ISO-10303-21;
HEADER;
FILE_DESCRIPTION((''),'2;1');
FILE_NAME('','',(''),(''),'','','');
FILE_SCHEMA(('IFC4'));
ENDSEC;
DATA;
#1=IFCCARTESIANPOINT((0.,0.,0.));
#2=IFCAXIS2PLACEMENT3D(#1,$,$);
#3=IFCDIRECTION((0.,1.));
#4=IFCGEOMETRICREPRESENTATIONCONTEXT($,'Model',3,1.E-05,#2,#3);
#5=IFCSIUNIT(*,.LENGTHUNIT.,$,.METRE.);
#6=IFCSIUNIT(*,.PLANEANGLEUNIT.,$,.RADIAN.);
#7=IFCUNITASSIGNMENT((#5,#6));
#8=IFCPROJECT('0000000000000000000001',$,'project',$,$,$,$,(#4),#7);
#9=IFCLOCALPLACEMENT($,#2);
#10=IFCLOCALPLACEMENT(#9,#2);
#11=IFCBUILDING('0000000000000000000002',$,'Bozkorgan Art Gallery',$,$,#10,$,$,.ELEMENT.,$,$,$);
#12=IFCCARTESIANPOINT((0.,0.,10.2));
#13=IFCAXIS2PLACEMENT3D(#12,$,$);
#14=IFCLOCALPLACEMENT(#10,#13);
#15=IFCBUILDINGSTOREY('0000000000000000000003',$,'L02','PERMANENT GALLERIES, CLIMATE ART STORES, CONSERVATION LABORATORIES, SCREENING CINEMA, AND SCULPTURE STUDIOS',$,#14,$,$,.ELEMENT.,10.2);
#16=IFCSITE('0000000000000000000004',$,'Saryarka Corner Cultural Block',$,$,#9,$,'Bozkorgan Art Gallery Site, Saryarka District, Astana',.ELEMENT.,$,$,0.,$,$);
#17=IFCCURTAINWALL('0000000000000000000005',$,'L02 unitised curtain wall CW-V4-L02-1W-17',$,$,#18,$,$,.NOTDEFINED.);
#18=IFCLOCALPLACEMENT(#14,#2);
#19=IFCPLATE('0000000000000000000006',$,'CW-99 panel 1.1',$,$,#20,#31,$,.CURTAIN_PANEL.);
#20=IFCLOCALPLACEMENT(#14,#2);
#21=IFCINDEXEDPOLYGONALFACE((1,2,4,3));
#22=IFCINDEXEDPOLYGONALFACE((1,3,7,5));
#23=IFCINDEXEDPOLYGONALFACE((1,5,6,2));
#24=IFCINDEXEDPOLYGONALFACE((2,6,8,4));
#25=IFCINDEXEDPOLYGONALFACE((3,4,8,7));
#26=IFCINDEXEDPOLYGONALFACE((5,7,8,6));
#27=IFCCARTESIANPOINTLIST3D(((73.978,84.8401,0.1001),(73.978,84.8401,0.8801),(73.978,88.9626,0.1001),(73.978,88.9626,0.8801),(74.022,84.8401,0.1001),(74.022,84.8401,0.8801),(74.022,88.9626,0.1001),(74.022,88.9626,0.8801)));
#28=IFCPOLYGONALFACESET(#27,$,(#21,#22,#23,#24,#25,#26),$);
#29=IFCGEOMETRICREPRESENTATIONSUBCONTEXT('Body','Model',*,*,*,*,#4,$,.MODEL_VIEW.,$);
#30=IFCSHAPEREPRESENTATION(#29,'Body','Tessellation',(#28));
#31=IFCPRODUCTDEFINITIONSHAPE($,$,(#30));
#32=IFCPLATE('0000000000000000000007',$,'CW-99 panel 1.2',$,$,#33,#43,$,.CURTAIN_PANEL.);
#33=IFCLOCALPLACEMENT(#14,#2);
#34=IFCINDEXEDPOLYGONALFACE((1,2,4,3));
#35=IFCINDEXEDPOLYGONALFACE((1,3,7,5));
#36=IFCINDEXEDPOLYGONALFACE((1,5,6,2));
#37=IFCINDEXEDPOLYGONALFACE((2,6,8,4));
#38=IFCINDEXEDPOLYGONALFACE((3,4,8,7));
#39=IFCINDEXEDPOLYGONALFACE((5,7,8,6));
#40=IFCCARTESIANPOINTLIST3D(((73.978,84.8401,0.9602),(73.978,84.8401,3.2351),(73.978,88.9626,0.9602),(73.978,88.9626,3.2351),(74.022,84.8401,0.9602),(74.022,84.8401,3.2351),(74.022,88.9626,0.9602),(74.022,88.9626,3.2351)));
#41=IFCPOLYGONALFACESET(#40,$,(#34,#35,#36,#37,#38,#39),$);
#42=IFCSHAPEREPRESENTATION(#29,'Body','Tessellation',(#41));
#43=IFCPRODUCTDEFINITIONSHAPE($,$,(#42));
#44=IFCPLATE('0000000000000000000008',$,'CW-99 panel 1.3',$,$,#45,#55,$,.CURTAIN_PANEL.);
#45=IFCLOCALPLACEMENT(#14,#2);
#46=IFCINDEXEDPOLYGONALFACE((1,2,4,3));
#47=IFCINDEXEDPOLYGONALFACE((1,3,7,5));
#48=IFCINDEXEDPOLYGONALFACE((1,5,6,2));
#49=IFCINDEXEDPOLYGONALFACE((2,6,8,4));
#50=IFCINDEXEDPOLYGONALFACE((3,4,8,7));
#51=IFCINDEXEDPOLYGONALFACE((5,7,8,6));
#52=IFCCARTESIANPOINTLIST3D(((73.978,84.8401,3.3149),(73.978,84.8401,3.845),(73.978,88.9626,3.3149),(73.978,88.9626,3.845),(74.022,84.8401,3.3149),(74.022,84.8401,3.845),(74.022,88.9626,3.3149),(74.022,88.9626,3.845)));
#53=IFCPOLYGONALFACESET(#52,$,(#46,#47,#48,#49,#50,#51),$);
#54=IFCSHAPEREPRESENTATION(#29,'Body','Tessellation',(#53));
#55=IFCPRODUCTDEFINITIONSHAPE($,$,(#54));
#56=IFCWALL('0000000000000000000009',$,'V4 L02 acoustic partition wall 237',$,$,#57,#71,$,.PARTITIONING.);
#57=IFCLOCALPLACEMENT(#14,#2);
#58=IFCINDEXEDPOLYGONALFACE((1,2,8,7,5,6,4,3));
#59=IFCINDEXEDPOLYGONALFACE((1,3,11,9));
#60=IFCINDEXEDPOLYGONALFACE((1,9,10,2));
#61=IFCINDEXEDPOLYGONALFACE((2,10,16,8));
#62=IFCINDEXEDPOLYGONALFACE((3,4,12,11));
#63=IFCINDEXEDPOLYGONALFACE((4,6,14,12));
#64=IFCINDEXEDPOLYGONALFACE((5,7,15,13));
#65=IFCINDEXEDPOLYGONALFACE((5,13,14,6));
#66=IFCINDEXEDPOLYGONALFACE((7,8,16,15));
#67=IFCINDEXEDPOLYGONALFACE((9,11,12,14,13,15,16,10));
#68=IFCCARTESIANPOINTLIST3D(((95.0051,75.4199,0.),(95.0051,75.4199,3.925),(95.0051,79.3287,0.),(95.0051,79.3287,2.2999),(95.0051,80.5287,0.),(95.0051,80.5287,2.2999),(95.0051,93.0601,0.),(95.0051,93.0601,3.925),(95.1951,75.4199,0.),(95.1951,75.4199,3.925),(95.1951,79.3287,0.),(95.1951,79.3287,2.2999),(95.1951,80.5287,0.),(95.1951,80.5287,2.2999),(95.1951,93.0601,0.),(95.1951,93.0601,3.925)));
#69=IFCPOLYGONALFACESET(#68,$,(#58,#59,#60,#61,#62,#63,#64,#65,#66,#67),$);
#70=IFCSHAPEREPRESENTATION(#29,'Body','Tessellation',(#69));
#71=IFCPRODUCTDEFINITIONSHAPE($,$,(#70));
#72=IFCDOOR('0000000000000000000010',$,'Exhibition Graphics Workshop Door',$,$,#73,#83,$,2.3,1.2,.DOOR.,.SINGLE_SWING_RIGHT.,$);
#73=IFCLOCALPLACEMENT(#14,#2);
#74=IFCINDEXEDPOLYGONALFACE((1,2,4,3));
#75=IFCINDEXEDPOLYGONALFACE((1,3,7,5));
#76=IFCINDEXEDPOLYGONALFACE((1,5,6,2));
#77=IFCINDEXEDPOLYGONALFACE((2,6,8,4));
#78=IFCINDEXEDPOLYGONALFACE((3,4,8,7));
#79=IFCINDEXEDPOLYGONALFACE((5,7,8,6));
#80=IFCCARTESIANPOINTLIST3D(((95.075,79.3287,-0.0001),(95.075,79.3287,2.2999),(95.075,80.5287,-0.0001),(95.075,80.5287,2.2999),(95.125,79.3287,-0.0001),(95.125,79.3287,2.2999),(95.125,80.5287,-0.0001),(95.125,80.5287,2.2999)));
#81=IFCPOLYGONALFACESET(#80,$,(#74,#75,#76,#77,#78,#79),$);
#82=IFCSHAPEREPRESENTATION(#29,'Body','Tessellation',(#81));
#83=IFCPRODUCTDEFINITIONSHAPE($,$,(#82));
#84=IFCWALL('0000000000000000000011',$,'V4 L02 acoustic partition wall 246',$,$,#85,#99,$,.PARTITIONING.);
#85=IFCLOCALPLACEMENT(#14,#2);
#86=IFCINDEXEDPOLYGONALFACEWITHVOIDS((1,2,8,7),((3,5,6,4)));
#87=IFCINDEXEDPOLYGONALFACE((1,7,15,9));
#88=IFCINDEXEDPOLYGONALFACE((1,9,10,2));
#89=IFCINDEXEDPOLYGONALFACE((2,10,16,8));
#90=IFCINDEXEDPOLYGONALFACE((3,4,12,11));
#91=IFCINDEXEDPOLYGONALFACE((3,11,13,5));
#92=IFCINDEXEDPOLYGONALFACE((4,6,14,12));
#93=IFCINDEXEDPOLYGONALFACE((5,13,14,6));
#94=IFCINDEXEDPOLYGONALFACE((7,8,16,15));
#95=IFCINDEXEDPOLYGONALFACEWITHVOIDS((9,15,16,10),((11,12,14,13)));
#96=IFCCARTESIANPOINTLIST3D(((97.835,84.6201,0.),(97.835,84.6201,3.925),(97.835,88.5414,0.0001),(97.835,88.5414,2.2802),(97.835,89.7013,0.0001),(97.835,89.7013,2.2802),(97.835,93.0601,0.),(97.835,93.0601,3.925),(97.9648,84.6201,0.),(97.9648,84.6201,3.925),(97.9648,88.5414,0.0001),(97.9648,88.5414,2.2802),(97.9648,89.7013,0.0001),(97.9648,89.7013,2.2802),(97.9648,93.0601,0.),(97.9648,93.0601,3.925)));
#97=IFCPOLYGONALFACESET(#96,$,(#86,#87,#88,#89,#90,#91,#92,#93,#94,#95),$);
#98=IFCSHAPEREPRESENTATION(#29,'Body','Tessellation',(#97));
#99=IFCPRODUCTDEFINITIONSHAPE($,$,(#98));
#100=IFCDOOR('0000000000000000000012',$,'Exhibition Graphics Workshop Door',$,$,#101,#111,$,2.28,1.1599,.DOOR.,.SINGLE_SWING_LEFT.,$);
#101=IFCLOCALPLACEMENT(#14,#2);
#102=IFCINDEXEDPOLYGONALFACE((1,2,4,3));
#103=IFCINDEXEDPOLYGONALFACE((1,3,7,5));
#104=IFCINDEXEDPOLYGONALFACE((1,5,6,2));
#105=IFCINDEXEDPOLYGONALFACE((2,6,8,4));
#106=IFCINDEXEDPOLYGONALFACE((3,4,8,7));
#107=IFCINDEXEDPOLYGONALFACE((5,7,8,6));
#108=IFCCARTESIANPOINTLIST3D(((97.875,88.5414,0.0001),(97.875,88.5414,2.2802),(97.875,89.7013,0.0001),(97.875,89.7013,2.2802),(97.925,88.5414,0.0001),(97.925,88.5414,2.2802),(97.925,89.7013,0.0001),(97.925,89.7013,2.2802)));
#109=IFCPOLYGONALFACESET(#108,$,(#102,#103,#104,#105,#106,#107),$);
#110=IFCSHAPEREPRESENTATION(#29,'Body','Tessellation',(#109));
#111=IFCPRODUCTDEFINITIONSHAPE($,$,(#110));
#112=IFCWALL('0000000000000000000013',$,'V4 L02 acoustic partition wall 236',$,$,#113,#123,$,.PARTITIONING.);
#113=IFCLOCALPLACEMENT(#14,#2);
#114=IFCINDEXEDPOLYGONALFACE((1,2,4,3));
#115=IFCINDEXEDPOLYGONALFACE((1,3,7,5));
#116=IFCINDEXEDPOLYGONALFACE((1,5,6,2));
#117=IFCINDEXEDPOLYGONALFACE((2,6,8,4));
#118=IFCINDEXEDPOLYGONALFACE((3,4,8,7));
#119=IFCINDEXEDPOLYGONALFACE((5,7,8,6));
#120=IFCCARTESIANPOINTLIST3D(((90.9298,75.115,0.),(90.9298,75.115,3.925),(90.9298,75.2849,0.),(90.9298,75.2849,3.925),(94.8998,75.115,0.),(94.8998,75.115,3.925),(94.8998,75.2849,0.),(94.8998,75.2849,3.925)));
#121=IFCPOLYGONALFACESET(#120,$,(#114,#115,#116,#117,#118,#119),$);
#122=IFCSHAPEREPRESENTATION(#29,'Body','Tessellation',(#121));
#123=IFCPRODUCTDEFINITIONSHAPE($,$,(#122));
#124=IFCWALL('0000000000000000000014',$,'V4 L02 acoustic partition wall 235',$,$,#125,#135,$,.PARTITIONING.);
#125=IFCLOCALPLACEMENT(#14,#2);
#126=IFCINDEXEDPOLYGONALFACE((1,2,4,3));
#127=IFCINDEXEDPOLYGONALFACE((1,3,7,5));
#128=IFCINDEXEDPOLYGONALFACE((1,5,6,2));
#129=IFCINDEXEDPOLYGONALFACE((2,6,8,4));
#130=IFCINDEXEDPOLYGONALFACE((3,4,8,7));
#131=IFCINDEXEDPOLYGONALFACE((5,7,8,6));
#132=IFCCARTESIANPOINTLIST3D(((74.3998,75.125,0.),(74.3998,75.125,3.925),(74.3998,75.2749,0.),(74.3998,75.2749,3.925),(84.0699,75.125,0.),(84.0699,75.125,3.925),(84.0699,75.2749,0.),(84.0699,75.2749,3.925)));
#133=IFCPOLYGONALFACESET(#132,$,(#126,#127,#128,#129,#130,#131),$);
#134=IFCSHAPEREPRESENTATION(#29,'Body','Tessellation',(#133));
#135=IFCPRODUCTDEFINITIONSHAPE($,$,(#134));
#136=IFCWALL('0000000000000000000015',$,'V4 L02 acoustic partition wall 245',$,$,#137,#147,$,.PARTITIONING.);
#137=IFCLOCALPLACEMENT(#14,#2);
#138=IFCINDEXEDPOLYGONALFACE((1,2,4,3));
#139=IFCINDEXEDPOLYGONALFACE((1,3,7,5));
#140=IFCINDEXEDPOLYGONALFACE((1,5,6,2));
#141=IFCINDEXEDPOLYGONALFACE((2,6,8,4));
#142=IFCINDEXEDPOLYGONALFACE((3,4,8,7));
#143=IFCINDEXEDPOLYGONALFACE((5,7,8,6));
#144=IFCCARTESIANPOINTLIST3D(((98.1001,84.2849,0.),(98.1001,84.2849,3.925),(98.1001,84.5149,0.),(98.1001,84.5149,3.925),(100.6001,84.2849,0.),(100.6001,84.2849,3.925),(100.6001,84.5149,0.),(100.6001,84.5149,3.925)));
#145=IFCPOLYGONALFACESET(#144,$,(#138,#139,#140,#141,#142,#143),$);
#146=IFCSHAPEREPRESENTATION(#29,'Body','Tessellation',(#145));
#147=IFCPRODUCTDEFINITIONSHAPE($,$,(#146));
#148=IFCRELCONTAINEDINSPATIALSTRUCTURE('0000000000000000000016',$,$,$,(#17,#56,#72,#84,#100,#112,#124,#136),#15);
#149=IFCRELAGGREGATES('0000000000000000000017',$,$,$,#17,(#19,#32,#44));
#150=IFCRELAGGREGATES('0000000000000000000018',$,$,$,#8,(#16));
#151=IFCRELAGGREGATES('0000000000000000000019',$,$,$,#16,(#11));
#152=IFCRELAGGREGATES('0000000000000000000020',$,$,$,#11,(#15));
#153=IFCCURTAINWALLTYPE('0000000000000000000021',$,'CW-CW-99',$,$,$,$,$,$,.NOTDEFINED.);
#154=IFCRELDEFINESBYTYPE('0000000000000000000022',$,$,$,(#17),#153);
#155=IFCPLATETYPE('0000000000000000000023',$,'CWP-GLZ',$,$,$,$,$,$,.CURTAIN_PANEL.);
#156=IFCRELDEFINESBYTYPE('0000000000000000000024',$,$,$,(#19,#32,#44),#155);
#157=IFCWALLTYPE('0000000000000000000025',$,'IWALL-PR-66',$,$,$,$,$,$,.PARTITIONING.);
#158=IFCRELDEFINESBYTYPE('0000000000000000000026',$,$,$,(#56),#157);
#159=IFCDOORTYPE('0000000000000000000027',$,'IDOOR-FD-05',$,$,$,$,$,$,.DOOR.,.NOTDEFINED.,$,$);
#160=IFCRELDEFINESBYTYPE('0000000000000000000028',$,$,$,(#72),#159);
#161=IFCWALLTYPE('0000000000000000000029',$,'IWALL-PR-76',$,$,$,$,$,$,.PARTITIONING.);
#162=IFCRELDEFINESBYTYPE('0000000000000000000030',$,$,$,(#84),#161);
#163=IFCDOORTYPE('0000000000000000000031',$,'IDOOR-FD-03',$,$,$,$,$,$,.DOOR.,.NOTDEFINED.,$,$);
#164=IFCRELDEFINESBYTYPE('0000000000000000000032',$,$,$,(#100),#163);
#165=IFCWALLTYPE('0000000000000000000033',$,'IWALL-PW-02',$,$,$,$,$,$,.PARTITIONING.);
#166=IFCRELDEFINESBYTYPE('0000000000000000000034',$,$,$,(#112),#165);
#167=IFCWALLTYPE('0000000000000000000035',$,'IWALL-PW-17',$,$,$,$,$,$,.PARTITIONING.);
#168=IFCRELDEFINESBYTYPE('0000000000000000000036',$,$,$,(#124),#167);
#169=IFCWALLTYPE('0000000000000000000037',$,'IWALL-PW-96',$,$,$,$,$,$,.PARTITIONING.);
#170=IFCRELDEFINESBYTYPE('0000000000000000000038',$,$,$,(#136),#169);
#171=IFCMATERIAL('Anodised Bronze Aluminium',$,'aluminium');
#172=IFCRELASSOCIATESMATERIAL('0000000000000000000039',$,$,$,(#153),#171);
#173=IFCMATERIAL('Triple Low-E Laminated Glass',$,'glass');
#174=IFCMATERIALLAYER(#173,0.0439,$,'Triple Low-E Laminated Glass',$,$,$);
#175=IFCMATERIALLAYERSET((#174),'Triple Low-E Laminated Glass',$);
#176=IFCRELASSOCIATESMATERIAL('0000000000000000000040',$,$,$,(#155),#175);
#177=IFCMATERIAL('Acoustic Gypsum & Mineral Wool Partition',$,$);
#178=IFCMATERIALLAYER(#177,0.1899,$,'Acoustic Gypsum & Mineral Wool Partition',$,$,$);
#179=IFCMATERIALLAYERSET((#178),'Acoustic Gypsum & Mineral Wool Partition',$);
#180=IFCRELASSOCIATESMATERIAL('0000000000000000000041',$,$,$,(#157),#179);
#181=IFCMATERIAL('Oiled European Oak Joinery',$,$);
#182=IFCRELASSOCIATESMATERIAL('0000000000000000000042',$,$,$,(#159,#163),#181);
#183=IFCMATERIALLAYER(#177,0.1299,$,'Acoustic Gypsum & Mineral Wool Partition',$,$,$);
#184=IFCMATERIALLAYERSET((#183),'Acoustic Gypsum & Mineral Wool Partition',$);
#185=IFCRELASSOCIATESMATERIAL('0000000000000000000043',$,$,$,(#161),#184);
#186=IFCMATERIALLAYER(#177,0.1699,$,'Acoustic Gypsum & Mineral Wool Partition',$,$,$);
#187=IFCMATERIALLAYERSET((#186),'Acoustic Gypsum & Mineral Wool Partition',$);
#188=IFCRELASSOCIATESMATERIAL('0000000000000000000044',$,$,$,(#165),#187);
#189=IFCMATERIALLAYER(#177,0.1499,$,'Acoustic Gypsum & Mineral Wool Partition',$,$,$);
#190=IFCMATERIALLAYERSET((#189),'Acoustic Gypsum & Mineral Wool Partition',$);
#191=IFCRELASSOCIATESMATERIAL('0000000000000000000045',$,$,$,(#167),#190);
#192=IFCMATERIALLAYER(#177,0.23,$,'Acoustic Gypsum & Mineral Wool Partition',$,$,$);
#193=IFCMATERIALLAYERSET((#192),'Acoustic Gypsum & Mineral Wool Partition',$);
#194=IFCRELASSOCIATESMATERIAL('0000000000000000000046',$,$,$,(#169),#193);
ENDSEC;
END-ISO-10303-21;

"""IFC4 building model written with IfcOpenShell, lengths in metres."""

from ifc_helpers import new_model, si_unit, direction, frame, frame_2d, origin, origin_2d, place, context, subcontext, project, spatial, rectangle, extrude, material, layer, layer_set, type_object, element, fill, aggregate, save


model = new_model("IFC4")

# Units and contexts
model_context = context("Model", 3, precision=1e-05, world=origin(), true_north=direction((0.0, 1.0)))
body_context = subcontext(model_context, "Body", "Model", "MODEL_VIEW")
ifc_project = project(units=[si_unit("LENGTHUNIT", "METRE"), si_unit("PLANEANGLEUNIT", "RADIAN")], contexts=[model_context])

# Site, building, storey
site_placement = place(None, origin())
site = spatial("IfcSite", under=ifc_project, at=site_placement, Name="Saryarka Corner Cultural Block", LongName="Bozkorgan Art Gallery Site, Saryarka District, Astana", CompositionType="ELEMENT", RefElevation=0.0)
building_placement = place(site_placement, origin())
building = spatial("IfcBuilding", under=site, at=building_placement, Name="Bozkorgan Art Gallery", CompositionType="ELEMENT")
storey_placement = place(building_placement, frame((0.0, 0.0, 10.2)))
storey = spatial("IfcBuildingStorey", under=building, at=storey_placement, Name="L02", Description="PERMANENT GALLERIES, CLIMATE ART STORES, CONSERVATION LABORATORIES, SCREENING CINEMA, AND SCULPTURE STUDIOS", CompositionType="ELEMENT", Elevation=10.2)

# Curtain wall, plates
ifc_material_1 = material(Name="Anodised Bronze Aluminium", Category="aluminium")
curtain_wall_type = type_object("IfcCurtainWallType", Name="CW-CW-99", PredefinedType="NOTDEFINED", material=ifc_material_1)
curtain_wall_placement = place(storey_placement, origin())
curtain_wall = element("IfcCurtainWall", 1, at=curtain_wall_placement, inside=storey, type_object=curtain_wall_type, Name="L02 unitised curtain wall CW-V4-L02-1W-17", PredefinedType="NOTDEFINED")
ifc_material_2 = material(Name="Triple Low-E Laminated Glass", Category="glass")
ifc_layer_1 = layer(ifc_material_2, 0.0439, Name="Triple Low-E Laminated Glass")
ifc_layer_set_1 = layer_set([ifc_layer_1], Name="Triple Low-E Laminated Glass")
plate_type = type_object("IfcPlateType", Name="CWP-GLZ", PredefinedType="CURTAIN_PANEL", material=ifc_layer_set_1)
plate_1_placement = place(storey_placement, frame((74.0, 86.9014, 0.1001), z_axis=(0.0, 0.0, 1.0), x_axis=(0.0, 1.0, 0.0)))
plate_1 = element("IfcPlate", 2, at=plate_1_placement, type_object=plate_type, Name="CW-99 panel 1.1", PredefinedType="CURTAIN_PANEL", context=body_context, shape_type="SweptSolid", body=[
    extrude(rectangle(XDim=4.1226, YDim=0.0439, at=origin_2d()), origin(), (0.0, 0.0, 1.0), 0.78),
])
plate_2_placement = place(storey_placement, frame((74.0, 86.9014, 0.9602), z_axis=(0.0, 0.0, 1.0), x_axis=(0.0, 1.0, 0.0)))
plate_2 = element("IfcPlate", 3, at=plate_2_placement, type_object=plate_type, Name="CW-99 panel 1.2", PredefinedType="CURTAIN_PANEL", context=body_context, shape_type="SweptSolid", body=[
    extrude(rectangle(XDim=4.1226, YDim=0.0439, at=origin_2d()), origin(), (0.0, 0.0, 1.0), 2.2749),
])
plate_3_placement = place(storey_placement, frame((74.0, 86.9014, 3.3149), z_axis=(0.0, 0.0, 1.0), x_axis=(0.0, 1.0, 0.0)))
plate_3 = element("IfcPlate", 4, at=plate_3_placement, type_object=plate_type, Name="CW-99 panel 1.3", PredefinedType="CURTAIN_PANEL", context=body_context, shape_type="SweptSolid", body=[
    extrude(rectangle(XDim=4.1226, YDim=0.0439, at=origin_2d()), origin(), (0.0, 0.0, 1.0), 0.53),
])
aggregate(curtain_wall, [plate_1, plate_2, plate_3])

# Walls, openings, doors
ifc_material_3 = material(Name="Acoustic Gypsum & Mineral Wool Partition")
ifc_layer_2 = layer(ifc_material_3, 0.1899, Name="Acoustic Gypsum & Mineral Wool Partition")
ifc_layer_set_2 = layer_set([ifc_layer_2], Name="Acoustic Gypsum & Mineral Wool Partition")
wall_type_1 = type_object("IfcWallType", Name="IWALL-PR-66", PredefinedType="PARTITIONING", material=ifc_layer_set_2)
wall_1_placement = place(storey_placement, frame((95.1001, 75.4199, 0.0), z_axis=(0.0, 0.0, 1.0), x_axis=(0.0, 1.0, 0.0)))
wall_1 = element("IfcWall", 5, at=wall_1_placement, inside=storey, type_object=wall_type_1, Name="V4 L02 acoustic partition wall 237", PredefinedType="PARTITIONING", context=body_context, shape_type="SweptSolid", body=[
    extrude(rectangle(XDim=17.6401, YDim=0.1899, at=frame_2d((8.8201, 0.0))), origin(), (0.0, 0.0, 1.0), 3.925),
])
opening_1_placement = place(wall_1_placement, frame((5.1089, 0.0, 0.0), z_axis=(0.0, 0.0, 1.0), x_axis=(-1.0, 0.0, 0.0)))
opening_1 = element("IfcOpeningElement", 6, at=opening_1_placement, cuts=wall_1, PredefinedType="OPENING", context=body_context, shape_type="SweptSolid", body=[
    extrude(rectangle(XDim=1.2, YDim=2.3, at=frame_2d((0.6001, 1.1499))), frame((0.0, 0.105, 0.0), z_axis=(0.0, -1.0, 0.0), x_axis=(1.0, 0.0, 0.0)), (0.0, 0.0, 1.0), 0.21),
])
ifc_material_4 = material(Name="Oiled European Oak Joinery")
door_type_1 = type_object("IfcDoorType", Name="IDOOR-FD-05", OperationType="NOTDEFINED", PredefinedType="DOOR", material=ifc_material_4)
door_1_placement = place(opening_1_placement, origin())
door_1 = element("IfcDoor", 7, at=door_1_placement, inside=storey, type_object=door_type_1, Name="Exhibition Graphics Workshop Door", OperationType="SINGLE_SWING_RIGHT", OverallHeight=2.3, OverallWidth=1.2, PredefinedType="DOOR", context=body_context, shape_type="SweptSolid", body=[
    extrude(rectangle(XDim=1.2, YDim=2.3, at=frame_2d((0.6001, 1.1499))), frame((0.0, 0.0249, 0.0), z_axis=(0.0, -1.0, 0.0), x_axis=(1.0, 0.0, 0.0)), (0.0, 0.0, 1.0), 0.05),
])
fill(opening_1, door_1)
ifc_layer_3 = layer(ifc_material_3, 0.1299, Name="Acoustic Gypsum & Mineral Wool Partition")
ifc_layer_set_3 = layer_set([ifc_layer_3], Name="Acoustic Gypsum & Mineral Wool Partition")
wall_type_2 = type_object("IfcWallType", Name="IWALL-PR-76", PredefinedType="PARTITIONING", material=ifc_layer_set_3)
wall_2_placement = place(storey_placement, frame((97.8999, 84.6201, 0.0), z_axis=(0.0, 0.0, 1.0), x_axis=(0.0, 1.0, 0.0)))
wall_2 = element("IfcWall", 8, at=wall_2_placement, inside=storey, type_object=wall_type_2, Name="V4 L02 acoustic partition wall 246", PredefinedType="PARTITIONING", context=body_context, shape_type="SweptSolid", body=[
    extrude(rectangle(XDim=8.4399, YDim=0.1299, at=frame_2d((4.22, 0.0))), origin(), (0.0, 0.0, 1.0), 3.925),
])
opening_2_placement = place(wall_2_placement, frame((3.9211, 0.0, 0.0)))
opening_2 = element("IfcOpeningElement", 9, at=opening_2_placement, cuts=wall_2, PredefinedType="OPENING", context=body_context, shape_type="SweptSolid", body=[
    extrude(rectangle(XDim=1.1599, YDim=2.28, at=frame_2d((0.5801, 1.1401))), frame((0.0, 0.075, 0.0), z_axis=(0.0, -1.0, 0.0), x_axis=(1.0, 0.0, 0.0)), (0.0, 0.0, 1.0), 0.1499),
])
door_type_2 = type_object("IfcDoorType", Name="IDOOR-FD-03", OperationType="NOTDEFINED", PredefinedType="DOOR", material=ifc_material_4)
door_2_placement = place(opening_2_placement, origin())
door_2 = element("IfcDoor", 10, at=door_2_placement, inside=storey, type_object=door_type_2, Name="Exhibition Graphics Workshop Door", OperationType="SINGLE_SWING_LEFT", OverallHeight=2.28, OverallWidth=1.1599, PredefinedType="DOOR", context=body_context, shape_type="SweptSolid", body=[
    extrude(rectangle(XDim=1.1599, YDim=2.28, at=frame_2d((0.5801, 1.1401))), frame((0.0, 0.0249, 0.0), z_axis=(0.0, -1.0, 0.0), x_axis=(1.0, 0.0, 0.0)), (0.0, 0.0, 1.0), 0.05),
])
fill(opening_2, door_2)

# Walls
ifc_layer_4 = layer(ifc_material_3, 0.1699, Name="Acoustic Gypsum & Mineral Wool Partition")
ifc_layer_set_4 = layer_set([ifc_layer_4], Name="Acoustic Gypsum & Mineral Wool Partition")
wall_type_3 = type_object("IfcWallType", Name="IWALL-PW-02", PredefinedType="PARTITIONING", material=ifc_layer_set_4)
wall_3_placement = place(storey_placement, frame((90.9299, 75.2, 0.0), z_axis=(0.0, 0.0, 1.0), x_axis=(1.0, 0.0, 0.0)))
element("IfcWall", 11, at=wall_3_placement, inside=storey, type_object=wall_type_3, Name="V4 L02 acoustic partition wall 236", PredefinedType="PARTITIONING", context=body_context, shape_type="SweptSolid", body=[
    extrude(rectangle(XDim=3.97, YDim=0.1699, at=frame_2d((1.9849, 0.0))), origin(), (0.0, 0.0, 1.0), 3.925),
])
ifc_layer_5 = layer(ifc_material_3, 0.1499, Name="Acoustic Gypsum & Mineral Wool Partition")
ifc_layer_set_5 = layer_set([ifc_layer_5], Name="Acoustic Gypsum & Mineral Wool Partition")
wall_type_4 = type_object("IfcWallType", Name="IWALL-PW-17", PredefinedType="PARTITIONING", material=ifc_layer_set_5)
wall_4_placement = place(storey_placement, frame((74.3999, 75.2, 0.0), z_axis=(0.0, 0.0, 1.0), x_axis=(1.0, 0.0, 0.0)))
element("IfcWall", 12, at=wall_4_placement, inside=storey, type_object=wall_type_4, Name="V4 L02 acoustic partition wall 235", PredefinedType="PARTITIONING", context=body_context, shape_type="SweptSolid", body=[
    extrude(rectangle(XDim=9.6702, YDim=0.1499, at=frame_2d((4.835, 0.0))), origin(), (0.0, 0.0, 1.0), 3.925),
])
ifc_layer_6 = layer(ifc_material_3, 0.23, Name="Acoustic Gypsum & Mineral Wool Partition")
ifc_layer_set_6 = layer_set([ifc_layer_6], Name="Acoustic Gypsum & Mineral Wool Partition")
wall_type_5 = type_object("IfcWallType", Name="IWALL-PW-96", PredefinedType="PARTITIONING", material=ifc_layer_set_6)
wall_5_placement = place(storey_placement, frame((98.1001, 84.3999, 0.0), z_axis=(0.0, 0.0, 1.0), x_axis=(1.0, 0.0, 0.0)))
element("IfcWall", 13, at=wall_5_placement, inside=storey, type_object=wall_type_5, Name="V4 L02 acoustic partition wall 245", PredefinedType="PARTITIONING", context=body_context, shape_type="SweptSolid", body=[
    extrude(rectangle(XDim=2.5, YDim=0.23, at=frame_2d((1.25, 0.0))), origin(), (0.0, 0.0, 1.0), 3.925),
])

save(model, "model.ifc")
